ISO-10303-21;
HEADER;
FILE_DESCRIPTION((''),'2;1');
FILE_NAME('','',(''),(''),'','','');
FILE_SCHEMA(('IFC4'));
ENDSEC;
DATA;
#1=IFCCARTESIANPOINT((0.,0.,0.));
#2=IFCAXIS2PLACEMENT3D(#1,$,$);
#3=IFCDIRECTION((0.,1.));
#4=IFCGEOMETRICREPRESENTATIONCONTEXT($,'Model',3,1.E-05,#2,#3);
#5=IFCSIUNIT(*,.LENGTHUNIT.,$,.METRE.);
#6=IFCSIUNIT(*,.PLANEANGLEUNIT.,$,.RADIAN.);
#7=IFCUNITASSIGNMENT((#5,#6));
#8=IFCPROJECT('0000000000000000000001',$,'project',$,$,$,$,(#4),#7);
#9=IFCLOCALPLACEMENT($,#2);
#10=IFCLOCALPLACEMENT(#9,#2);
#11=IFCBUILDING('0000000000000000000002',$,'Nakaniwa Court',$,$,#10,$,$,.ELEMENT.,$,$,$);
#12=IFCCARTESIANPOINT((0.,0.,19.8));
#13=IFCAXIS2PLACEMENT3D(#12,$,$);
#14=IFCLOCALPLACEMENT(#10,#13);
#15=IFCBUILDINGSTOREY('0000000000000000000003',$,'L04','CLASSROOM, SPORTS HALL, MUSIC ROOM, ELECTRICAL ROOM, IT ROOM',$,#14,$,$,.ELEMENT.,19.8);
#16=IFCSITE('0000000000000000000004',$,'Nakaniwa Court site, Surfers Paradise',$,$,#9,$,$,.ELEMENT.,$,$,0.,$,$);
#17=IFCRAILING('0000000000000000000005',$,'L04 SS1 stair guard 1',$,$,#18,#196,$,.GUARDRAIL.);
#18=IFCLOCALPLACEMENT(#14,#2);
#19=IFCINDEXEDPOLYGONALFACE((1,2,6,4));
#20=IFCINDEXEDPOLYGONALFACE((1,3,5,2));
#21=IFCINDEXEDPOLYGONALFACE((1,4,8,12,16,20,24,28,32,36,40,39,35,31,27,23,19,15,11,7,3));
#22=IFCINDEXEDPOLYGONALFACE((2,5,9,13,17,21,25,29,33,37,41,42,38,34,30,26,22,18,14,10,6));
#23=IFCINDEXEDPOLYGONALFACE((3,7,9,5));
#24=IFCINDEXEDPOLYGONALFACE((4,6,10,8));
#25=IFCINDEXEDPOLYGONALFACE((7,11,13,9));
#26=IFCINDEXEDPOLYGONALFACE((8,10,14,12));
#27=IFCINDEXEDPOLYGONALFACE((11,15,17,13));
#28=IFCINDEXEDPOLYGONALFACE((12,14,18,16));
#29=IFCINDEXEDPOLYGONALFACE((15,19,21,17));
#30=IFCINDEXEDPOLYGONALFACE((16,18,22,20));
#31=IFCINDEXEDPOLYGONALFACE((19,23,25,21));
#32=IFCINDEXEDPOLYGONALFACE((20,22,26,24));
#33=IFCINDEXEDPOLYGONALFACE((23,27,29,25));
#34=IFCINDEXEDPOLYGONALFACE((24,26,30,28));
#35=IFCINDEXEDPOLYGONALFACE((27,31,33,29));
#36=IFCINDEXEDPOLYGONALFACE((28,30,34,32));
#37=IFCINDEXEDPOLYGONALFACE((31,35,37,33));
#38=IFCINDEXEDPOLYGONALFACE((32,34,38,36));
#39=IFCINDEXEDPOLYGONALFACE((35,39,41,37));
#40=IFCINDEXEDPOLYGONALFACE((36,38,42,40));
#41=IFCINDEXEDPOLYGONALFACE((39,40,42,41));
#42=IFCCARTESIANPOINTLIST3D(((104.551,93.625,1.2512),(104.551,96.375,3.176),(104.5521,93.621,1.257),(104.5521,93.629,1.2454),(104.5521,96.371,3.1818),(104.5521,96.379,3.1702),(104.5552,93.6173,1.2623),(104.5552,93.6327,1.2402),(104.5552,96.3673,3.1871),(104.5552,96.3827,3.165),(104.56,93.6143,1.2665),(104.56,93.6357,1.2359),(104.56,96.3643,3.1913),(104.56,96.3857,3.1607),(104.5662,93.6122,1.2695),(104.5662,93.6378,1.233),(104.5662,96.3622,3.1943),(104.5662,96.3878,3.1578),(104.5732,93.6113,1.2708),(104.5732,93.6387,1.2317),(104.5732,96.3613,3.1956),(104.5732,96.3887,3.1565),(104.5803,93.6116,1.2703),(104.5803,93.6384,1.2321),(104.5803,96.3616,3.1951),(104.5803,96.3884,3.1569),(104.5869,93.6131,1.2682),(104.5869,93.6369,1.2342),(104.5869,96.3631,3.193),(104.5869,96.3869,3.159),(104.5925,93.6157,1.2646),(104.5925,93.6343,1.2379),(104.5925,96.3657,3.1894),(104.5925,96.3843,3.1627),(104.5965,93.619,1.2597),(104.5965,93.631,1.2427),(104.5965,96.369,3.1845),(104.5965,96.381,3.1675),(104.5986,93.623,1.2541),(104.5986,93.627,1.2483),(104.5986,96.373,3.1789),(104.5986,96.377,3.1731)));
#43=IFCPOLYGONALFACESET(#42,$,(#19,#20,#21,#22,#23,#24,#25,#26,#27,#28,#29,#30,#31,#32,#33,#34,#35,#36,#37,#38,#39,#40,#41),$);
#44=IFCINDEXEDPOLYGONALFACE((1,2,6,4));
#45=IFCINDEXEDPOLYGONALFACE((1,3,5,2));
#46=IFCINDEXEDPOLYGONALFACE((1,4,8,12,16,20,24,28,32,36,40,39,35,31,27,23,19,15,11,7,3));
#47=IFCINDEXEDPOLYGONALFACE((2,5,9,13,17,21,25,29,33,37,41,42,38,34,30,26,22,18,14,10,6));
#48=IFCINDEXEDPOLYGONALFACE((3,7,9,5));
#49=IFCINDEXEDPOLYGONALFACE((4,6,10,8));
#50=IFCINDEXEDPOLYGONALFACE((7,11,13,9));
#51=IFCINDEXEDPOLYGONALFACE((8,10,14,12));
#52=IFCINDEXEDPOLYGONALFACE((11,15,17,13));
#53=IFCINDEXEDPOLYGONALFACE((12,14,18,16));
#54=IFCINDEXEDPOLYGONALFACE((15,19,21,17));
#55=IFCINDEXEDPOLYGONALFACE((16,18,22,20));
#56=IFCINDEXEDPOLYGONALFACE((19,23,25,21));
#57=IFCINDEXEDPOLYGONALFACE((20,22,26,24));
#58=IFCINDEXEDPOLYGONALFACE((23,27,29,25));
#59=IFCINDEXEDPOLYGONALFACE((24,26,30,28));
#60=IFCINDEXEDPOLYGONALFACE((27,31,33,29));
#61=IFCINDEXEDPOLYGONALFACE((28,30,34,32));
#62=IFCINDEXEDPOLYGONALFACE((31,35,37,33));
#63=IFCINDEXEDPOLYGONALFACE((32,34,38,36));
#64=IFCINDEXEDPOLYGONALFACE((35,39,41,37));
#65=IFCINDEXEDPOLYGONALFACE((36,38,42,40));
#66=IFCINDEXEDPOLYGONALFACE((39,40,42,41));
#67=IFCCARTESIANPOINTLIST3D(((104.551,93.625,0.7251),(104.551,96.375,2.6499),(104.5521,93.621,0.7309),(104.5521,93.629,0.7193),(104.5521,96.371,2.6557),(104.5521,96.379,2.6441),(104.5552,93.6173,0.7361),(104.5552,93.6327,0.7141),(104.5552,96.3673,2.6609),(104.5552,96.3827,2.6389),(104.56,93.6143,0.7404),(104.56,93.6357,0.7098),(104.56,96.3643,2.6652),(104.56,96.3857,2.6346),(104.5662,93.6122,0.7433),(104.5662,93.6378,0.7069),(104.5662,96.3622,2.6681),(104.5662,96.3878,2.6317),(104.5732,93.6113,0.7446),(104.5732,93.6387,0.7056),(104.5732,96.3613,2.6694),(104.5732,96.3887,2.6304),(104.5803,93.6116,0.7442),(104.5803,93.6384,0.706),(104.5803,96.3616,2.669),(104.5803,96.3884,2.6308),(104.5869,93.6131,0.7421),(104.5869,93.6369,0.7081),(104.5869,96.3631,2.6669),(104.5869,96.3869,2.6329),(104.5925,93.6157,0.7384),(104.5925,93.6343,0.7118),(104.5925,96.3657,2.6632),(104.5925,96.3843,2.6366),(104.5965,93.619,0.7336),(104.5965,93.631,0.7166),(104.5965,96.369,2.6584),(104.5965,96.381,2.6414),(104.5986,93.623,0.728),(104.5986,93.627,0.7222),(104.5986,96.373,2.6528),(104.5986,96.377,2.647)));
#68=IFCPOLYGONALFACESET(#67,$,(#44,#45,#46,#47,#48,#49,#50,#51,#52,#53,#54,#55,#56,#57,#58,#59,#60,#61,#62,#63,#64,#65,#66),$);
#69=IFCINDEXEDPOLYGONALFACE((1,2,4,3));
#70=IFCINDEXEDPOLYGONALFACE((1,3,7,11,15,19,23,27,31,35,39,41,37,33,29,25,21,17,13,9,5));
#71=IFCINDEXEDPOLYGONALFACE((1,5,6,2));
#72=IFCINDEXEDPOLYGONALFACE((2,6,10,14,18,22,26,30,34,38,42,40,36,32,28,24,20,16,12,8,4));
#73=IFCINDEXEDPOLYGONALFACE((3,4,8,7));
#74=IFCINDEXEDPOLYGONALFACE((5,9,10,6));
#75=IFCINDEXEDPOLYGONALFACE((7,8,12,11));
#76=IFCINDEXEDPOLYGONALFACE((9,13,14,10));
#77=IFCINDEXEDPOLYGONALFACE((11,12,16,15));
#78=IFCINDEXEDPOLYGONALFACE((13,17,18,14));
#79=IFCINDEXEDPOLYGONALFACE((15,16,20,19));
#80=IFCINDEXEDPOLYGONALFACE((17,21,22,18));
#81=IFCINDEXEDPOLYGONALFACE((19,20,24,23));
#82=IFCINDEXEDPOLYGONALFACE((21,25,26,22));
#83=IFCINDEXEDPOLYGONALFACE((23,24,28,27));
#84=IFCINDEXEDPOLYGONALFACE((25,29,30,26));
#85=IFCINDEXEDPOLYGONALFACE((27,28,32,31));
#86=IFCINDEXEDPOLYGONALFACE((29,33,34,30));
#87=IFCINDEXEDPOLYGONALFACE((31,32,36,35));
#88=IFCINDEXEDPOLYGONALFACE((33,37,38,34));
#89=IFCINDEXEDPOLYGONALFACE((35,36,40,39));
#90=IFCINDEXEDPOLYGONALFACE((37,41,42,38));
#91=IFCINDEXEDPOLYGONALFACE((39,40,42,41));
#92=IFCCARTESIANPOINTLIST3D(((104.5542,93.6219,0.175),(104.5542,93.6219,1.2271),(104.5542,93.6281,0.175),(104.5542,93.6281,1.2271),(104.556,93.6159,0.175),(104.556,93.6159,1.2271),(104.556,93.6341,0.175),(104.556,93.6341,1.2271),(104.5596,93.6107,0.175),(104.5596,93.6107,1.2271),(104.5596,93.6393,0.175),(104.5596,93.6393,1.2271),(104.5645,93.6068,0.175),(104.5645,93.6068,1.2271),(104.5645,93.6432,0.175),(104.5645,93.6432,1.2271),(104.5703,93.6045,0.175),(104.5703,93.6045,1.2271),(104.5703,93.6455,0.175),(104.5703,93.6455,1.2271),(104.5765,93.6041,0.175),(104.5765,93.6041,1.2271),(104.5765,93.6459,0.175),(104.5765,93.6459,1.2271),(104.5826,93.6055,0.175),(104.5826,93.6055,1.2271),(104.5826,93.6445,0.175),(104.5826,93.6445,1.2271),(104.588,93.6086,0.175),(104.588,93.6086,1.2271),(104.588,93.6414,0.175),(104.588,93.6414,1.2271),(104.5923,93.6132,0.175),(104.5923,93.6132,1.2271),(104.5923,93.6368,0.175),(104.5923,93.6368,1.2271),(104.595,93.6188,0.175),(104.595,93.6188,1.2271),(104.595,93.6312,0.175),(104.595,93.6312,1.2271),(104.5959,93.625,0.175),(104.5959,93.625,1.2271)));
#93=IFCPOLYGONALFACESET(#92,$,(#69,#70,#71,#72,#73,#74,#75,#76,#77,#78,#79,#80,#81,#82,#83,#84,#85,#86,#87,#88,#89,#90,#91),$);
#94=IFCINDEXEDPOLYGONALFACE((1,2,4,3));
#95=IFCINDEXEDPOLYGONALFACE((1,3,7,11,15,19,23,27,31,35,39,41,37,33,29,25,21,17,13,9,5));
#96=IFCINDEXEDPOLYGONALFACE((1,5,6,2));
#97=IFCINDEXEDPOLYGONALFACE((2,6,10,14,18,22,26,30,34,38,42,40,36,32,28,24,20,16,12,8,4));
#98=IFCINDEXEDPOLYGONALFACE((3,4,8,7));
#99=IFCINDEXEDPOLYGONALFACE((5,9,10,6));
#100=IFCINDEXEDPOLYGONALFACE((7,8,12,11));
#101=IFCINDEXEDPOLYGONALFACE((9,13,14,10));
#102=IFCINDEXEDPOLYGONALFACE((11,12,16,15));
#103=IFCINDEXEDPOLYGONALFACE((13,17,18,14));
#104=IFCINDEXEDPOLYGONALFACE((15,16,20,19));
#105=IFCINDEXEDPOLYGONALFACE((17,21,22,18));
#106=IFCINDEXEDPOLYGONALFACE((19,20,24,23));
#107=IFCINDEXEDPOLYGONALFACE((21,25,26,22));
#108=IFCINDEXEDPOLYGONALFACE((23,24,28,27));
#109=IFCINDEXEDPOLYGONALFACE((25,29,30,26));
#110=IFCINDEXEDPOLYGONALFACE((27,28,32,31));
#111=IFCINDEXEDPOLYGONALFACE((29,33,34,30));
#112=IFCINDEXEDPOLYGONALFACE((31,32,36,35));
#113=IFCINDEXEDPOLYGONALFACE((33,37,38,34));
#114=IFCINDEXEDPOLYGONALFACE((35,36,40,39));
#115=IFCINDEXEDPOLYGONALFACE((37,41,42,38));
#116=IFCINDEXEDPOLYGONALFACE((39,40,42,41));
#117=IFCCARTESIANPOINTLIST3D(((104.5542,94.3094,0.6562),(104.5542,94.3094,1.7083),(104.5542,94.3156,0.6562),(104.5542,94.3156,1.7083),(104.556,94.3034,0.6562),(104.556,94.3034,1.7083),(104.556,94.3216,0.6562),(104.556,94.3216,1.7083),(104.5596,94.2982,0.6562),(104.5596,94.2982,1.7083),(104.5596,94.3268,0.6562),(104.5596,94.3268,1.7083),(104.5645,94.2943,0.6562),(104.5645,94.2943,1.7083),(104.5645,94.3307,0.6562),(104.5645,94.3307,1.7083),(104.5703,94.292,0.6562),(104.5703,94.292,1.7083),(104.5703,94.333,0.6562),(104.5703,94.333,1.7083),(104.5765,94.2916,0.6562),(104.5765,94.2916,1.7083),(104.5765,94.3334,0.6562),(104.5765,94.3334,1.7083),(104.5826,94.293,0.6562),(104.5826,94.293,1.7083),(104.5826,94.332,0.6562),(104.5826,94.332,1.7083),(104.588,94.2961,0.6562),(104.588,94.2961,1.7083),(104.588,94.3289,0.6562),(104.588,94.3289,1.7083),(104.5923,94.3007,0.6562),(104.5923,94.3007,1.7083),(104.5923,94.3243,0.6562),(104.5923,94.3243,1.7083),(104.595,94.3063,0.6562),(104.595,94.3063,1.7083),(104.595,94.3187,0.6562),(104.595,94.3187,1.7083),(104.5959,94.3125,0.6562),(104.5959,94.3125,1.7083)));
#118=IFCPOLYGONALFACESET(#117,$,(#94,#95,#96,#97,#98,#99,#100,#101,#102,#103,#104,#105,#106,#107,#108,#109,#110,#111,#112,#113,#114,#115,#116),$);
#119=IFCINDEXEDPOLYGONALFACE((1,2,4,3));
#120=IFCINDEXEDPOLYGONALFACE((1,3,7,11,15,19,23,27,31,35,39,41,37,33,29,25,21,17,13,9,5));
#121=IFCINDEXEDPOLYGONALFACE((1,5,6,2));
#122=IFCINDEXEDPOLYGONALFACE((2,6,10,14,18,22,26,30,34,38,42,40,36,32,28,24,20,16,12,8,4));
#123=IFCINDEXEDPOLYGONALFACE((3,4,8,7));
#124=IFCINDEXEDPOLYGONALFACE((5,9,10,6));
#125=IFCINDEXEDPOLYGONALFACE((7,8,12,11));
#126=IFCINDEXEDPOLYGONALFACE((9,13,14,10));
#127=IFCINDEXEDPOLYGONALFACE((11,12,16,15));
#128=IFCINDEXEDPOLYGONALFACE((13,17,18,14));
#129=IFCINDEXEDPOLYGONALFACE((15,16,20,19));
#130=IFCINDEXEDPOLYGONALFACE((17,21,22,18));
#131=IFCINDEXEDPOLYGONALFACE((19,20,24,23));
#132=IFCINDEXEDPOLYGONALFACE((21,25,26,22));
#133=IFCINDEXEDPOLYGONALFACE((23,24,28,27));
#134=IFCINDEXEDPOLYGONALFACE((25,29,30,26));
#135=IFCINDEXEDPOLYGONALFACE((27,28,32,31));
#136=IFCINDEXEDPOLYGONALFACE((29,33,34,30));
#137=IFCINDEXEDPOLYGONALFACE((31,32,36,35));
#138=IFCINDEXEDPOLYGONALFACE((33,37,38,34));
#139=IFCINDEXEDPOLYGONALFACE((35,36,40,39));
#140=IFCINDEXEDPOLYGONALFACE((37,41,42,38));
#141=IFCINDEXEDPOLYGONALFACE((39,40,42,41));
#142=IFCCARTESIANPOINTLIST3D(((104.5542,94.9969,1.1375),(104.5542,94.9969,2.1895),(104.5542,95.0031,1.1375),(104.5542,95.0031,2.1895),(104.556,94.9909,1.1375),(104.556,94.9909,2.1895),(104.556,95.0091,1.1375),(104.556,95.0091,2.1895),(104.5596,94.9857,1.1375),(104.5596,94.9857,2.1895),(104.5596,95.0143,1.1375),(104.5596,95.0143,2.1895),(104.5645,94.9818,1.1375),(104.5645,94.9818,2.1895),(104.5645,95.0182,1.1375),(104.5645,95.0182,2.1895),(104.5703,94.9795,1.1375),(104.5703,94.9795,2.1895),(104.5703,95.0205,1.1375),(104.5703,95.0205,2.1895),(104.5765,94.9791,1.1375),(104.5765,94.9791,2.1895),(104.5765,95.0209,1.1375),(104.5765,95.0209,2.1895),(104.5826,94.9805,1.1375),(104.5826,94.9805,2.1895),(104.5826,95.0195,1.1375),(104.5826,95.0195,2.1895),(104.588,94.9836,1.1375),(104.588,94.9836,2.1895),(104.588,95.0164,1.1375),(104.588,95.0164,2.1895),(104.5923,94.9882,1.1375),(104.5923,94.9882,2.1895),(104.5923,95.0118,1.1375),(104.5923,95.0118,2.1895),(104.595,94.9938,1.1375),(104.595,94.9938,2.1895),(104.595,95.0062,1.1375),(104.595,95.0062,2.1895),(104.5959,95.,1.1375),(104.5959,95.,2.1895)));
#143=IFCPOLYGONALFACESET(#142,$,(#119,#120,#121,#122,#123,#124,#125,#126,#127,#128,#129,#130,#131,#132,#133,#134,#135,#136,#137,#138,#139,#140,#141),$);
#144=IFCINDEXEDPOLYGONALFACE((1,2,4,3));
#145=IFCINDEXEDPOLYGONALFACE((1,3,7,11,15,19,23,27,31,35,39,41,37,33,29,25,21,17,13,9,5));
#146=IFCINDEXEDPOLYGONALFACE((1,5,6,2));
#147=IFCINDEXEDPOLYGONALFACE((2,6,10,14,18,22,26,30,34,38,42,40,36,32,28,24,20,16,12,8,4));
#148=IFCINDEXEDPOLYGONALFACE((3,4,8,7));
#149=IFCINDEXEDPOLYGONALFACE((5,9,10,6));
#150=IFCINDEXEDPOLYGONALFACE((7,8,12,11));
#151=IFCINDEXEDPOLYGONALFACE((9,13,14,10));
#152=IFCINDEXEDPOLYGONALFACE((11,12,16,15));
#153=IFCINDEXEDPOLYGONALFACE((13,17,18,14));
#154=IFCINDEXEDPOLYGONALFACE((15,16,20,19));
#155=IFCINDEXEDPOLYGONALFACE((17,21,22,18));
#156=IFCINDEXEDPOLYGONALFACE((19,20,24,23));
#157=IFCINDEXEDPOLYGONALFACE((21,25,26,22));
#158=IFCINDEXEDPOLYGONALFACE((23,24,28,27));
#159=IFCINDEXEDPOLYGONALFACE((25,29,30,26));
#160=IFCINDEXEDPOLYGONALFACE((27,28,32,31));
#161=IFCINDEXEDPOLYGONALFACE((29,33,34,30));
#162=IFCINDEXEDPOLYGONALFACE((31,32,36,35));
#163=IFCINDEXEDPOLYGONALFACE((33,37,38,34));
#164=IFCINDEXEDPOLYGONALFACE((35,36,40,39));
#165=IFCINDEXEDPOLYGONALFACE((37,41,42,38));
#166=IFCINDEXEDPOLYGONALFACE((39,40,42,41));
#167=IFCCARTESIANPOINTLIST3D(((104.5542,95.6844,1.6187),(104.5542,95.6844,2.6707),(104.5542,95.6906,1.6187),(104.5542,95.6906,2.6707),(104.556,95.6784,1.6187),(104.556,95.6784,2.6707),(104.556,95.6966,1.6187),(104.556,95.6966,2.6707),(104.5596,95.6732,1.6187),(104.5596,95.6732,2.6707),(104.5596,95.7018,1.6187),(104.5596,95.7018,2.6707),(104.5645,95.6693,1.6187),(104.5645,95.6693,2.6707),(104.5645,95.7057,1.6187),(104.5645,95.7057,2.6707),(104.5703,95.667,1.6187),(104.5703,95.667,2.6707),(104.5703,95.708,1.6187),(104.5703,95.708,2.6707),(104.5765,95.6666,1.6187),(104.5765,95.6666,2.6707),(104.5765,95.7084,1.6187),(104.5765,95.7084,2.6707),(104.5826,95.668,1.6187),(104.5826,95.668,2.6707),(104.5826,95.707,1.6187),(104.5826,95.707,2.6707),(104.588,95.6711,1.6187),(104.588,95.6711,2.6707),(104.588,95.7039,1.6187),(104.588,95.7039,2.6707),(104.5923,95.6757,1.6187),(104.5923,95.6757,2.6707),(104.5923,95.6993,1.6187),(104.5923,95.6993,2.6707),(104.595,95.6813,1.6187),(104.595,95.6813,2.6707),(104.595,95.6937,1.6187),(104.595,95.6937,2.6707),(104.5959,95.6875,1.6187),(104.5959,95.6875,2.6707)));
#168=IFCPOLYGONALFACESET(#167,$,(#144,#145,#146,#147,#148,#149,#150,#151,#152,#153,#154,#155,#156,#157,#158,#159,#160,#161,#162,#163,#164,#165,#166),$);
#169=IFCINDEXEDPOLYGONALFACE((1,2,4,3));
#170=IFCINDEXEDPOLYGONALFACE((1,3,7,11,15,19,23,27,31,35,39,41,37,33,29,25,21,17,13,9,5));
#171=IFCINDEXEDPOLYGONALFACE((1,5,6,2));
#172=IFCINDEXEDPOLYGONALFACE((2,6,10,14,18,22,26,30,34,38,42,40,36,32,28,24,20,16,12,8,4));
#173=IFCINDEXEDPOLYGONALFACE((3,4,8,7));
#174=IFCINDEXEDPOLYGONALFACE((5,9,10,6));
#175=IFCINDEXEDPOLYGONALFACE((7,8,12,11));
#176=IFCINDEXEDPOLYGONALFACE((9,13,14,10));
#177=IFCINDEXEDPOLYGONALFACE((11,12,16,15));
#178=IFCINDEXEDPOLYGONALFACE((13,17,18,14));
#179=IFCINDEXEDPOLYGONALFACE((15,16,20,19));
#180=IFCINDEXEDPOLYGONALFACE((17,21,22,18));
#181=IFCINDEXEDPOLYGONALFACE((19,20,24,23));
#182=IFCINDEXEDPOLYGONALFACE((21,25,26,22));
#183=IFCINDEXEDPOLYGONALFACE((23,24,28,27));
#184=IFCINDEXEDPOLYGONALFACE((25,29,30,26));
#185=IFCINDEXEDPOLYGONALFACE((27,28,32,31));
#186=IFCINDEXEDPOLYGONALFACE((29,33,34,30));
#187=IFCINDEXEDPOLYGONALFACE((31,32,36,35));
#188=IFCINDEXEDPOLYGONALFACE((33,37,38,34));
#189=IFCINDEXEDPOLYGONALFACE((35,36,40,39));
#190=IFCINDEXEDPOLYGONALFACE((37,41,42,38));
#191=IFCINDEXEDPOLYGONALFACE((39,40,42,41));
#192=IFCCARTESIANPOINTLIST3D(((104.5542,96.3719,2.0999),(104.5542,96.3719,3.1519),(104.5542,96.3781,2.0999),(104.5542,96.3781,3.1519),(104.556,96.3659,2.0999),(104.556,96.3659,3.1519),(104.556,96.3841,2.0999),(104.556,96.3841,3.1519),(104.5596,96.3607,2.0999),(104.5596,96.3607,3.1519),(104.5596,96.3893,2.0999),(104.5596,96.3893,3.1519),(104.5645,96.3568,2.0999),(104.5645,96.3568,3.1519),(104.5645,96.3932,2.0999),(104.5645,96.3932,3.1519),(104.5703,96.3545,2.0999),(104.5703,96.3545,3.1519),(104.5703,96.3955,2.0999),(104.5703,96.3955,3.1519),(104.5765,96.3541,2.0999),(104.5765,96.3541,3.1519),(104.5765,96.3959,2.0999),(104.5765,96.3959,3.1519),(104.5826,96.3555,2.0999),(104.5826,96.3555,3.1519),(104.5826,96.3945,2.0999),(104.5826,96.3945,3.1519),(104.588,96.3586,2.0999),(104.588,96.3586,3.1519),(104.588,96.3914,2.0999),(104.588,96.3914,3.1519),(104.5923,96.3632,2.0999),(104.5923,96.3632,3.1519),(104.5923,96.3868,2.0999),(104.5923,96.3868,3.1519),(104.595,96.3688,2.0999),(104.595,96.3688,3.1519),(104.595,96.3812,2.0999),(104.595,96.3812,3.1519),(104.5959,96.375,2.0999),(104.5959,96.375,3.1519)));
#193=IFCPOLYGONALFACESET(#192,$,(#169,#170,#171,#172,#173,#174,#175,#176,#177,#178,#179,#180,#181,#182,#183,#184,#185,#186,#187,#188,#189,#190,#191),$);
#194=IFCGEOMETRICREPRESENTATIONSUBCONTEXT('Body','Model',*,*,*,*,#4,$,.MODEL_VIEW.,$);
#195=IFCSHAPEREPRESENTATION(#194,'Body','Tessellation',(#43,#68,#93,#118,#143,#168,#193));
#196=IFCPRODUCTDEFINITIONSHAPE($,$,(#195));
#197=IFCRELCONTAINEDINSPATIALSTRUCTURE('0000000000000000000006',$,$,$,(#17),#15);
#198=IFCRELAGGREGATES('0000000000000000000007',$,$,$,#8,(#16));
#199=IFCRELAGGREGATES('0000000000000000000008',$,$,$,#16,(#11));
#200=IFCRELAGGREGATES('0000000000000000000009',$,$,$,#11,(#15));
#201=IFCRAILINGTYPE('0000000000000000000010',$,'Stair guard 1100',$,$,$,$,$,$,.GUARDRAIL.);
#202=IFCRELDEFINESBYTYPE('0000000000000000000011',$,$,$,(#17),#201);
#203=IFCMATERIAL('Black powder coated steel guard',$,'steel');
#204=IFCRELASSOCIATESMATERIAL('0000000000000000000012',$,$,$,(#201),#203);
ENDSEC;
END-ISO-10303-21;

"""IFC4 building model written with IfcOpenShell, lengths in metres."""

from ifc_helpers import new_model, si_unit, direction, frame, origin, origin_2d, place, context, subcontext, project, spatial, circle, extrude, material, type_object, element, save


model = new_model("IFC4")

# Units and contexts
model_context = context("Model", 3, precision=1e-05, world=origin(), true_north=direction((0.0, 1.0)))
body_context = subcontext(model_context, "Body", "Model", "MODEL_VIEW")
ifc_project = project(units=[si_unit("LENGTHUNIT", "METRE"), si_unit("PLANEANGLEUNIT", "RADIAN")], contexts=[model_context])

# Site, building, storey
site_placement = place(None, origin())
site = spatial("IfcSite", under=ifc_project, at=site_placement, Name="Nakaniwa Court site, Surfers Paradise", CompositionType="ELEMENT", RefElevation=0.0)
building_placement = place(site_placement, origin())
building = spatial("IfcBuilding", under=site, at=building_placement, Name="Nakaniwa Court", CompositionType="ELEMENT")
storey_placement = place(building_placement, frame((0.0, 0.0, 19.8)))
storey = spatial("IfcBuildingStorey", under=building, at=storey_placement, Name="L04", Description="CLASSROOM, SPORTS HALL, MUSIC ROOM, ELECTRICAL ROOM, IT ROOM", CompositionType="ELEMENT", Elevation=19.8)

# Railing
ifc_material_1 = material(Name="Black powder coated steel guard", Category="steel")
railing_type_1 = type_object("IfcRailingType", Name="Stair guard 1100", PredefinedType="GUARDRAIL", material=ifc_material_1)
railing_1_placement = place(storey_placement, frame((104.575, 93.625, 0.175)))
element("IfcRailing", 1, at=railing_1_placement, inside=storey, type_object=railing_type_1, Name="L04 SS1 stair guard 1", PredefinedType="GUARDRAIL", context=body_context, shape_type="SweptSolid", body=[
    extrude(circle(Radius=0.0239, at=origin_2d()), frame((0.0, 0.0, 1.0762), z_axis=(0.0, 0.819259, 0.573423), x_axis=(-1.0, 0.0, 0.0)), (0.0, 0.0, 1.0), 3.3567),
    extrude(circle(Radius=0.0239, at=origin_2d()), frame((0.0, 0.0, 0.55), z_axis=(0.0, 0.819259, 0.573423), x_axis=(-1.0, 0.0, 0.0)), (0.0, 0.0, 1.0), 3.3567),
    extrude(circle(Radius=0.021, at=origin_2d()), origin(), (0.0, 0.0, 1.0), 1.052),
    extrude(circle(Radius=0.021, at=origin_2d()), frame((0.0, 0.6875, 0.4812)), (0.0, 0.0, 1.0), 1.052),
    extrude(circle(Radius=0.021, at=origin_2d()), frame((0.0, 1.375, 0.9624)), (0.0, 0.0, 1.0), 1.052),
    extrude(circle(Radius=0.021, at=origin_2d()), frame((0.0, 2.0625, 1.4436)), (0.0, 0.0, 1.0), 1.052),
    extrude(circle(Radius=0.021, at=origin_2d()), frame((0.0, 2.75, 1.9248)), (0.0, 0.0, 1.0), 1.052),
])

save(model, "model.ifc")
